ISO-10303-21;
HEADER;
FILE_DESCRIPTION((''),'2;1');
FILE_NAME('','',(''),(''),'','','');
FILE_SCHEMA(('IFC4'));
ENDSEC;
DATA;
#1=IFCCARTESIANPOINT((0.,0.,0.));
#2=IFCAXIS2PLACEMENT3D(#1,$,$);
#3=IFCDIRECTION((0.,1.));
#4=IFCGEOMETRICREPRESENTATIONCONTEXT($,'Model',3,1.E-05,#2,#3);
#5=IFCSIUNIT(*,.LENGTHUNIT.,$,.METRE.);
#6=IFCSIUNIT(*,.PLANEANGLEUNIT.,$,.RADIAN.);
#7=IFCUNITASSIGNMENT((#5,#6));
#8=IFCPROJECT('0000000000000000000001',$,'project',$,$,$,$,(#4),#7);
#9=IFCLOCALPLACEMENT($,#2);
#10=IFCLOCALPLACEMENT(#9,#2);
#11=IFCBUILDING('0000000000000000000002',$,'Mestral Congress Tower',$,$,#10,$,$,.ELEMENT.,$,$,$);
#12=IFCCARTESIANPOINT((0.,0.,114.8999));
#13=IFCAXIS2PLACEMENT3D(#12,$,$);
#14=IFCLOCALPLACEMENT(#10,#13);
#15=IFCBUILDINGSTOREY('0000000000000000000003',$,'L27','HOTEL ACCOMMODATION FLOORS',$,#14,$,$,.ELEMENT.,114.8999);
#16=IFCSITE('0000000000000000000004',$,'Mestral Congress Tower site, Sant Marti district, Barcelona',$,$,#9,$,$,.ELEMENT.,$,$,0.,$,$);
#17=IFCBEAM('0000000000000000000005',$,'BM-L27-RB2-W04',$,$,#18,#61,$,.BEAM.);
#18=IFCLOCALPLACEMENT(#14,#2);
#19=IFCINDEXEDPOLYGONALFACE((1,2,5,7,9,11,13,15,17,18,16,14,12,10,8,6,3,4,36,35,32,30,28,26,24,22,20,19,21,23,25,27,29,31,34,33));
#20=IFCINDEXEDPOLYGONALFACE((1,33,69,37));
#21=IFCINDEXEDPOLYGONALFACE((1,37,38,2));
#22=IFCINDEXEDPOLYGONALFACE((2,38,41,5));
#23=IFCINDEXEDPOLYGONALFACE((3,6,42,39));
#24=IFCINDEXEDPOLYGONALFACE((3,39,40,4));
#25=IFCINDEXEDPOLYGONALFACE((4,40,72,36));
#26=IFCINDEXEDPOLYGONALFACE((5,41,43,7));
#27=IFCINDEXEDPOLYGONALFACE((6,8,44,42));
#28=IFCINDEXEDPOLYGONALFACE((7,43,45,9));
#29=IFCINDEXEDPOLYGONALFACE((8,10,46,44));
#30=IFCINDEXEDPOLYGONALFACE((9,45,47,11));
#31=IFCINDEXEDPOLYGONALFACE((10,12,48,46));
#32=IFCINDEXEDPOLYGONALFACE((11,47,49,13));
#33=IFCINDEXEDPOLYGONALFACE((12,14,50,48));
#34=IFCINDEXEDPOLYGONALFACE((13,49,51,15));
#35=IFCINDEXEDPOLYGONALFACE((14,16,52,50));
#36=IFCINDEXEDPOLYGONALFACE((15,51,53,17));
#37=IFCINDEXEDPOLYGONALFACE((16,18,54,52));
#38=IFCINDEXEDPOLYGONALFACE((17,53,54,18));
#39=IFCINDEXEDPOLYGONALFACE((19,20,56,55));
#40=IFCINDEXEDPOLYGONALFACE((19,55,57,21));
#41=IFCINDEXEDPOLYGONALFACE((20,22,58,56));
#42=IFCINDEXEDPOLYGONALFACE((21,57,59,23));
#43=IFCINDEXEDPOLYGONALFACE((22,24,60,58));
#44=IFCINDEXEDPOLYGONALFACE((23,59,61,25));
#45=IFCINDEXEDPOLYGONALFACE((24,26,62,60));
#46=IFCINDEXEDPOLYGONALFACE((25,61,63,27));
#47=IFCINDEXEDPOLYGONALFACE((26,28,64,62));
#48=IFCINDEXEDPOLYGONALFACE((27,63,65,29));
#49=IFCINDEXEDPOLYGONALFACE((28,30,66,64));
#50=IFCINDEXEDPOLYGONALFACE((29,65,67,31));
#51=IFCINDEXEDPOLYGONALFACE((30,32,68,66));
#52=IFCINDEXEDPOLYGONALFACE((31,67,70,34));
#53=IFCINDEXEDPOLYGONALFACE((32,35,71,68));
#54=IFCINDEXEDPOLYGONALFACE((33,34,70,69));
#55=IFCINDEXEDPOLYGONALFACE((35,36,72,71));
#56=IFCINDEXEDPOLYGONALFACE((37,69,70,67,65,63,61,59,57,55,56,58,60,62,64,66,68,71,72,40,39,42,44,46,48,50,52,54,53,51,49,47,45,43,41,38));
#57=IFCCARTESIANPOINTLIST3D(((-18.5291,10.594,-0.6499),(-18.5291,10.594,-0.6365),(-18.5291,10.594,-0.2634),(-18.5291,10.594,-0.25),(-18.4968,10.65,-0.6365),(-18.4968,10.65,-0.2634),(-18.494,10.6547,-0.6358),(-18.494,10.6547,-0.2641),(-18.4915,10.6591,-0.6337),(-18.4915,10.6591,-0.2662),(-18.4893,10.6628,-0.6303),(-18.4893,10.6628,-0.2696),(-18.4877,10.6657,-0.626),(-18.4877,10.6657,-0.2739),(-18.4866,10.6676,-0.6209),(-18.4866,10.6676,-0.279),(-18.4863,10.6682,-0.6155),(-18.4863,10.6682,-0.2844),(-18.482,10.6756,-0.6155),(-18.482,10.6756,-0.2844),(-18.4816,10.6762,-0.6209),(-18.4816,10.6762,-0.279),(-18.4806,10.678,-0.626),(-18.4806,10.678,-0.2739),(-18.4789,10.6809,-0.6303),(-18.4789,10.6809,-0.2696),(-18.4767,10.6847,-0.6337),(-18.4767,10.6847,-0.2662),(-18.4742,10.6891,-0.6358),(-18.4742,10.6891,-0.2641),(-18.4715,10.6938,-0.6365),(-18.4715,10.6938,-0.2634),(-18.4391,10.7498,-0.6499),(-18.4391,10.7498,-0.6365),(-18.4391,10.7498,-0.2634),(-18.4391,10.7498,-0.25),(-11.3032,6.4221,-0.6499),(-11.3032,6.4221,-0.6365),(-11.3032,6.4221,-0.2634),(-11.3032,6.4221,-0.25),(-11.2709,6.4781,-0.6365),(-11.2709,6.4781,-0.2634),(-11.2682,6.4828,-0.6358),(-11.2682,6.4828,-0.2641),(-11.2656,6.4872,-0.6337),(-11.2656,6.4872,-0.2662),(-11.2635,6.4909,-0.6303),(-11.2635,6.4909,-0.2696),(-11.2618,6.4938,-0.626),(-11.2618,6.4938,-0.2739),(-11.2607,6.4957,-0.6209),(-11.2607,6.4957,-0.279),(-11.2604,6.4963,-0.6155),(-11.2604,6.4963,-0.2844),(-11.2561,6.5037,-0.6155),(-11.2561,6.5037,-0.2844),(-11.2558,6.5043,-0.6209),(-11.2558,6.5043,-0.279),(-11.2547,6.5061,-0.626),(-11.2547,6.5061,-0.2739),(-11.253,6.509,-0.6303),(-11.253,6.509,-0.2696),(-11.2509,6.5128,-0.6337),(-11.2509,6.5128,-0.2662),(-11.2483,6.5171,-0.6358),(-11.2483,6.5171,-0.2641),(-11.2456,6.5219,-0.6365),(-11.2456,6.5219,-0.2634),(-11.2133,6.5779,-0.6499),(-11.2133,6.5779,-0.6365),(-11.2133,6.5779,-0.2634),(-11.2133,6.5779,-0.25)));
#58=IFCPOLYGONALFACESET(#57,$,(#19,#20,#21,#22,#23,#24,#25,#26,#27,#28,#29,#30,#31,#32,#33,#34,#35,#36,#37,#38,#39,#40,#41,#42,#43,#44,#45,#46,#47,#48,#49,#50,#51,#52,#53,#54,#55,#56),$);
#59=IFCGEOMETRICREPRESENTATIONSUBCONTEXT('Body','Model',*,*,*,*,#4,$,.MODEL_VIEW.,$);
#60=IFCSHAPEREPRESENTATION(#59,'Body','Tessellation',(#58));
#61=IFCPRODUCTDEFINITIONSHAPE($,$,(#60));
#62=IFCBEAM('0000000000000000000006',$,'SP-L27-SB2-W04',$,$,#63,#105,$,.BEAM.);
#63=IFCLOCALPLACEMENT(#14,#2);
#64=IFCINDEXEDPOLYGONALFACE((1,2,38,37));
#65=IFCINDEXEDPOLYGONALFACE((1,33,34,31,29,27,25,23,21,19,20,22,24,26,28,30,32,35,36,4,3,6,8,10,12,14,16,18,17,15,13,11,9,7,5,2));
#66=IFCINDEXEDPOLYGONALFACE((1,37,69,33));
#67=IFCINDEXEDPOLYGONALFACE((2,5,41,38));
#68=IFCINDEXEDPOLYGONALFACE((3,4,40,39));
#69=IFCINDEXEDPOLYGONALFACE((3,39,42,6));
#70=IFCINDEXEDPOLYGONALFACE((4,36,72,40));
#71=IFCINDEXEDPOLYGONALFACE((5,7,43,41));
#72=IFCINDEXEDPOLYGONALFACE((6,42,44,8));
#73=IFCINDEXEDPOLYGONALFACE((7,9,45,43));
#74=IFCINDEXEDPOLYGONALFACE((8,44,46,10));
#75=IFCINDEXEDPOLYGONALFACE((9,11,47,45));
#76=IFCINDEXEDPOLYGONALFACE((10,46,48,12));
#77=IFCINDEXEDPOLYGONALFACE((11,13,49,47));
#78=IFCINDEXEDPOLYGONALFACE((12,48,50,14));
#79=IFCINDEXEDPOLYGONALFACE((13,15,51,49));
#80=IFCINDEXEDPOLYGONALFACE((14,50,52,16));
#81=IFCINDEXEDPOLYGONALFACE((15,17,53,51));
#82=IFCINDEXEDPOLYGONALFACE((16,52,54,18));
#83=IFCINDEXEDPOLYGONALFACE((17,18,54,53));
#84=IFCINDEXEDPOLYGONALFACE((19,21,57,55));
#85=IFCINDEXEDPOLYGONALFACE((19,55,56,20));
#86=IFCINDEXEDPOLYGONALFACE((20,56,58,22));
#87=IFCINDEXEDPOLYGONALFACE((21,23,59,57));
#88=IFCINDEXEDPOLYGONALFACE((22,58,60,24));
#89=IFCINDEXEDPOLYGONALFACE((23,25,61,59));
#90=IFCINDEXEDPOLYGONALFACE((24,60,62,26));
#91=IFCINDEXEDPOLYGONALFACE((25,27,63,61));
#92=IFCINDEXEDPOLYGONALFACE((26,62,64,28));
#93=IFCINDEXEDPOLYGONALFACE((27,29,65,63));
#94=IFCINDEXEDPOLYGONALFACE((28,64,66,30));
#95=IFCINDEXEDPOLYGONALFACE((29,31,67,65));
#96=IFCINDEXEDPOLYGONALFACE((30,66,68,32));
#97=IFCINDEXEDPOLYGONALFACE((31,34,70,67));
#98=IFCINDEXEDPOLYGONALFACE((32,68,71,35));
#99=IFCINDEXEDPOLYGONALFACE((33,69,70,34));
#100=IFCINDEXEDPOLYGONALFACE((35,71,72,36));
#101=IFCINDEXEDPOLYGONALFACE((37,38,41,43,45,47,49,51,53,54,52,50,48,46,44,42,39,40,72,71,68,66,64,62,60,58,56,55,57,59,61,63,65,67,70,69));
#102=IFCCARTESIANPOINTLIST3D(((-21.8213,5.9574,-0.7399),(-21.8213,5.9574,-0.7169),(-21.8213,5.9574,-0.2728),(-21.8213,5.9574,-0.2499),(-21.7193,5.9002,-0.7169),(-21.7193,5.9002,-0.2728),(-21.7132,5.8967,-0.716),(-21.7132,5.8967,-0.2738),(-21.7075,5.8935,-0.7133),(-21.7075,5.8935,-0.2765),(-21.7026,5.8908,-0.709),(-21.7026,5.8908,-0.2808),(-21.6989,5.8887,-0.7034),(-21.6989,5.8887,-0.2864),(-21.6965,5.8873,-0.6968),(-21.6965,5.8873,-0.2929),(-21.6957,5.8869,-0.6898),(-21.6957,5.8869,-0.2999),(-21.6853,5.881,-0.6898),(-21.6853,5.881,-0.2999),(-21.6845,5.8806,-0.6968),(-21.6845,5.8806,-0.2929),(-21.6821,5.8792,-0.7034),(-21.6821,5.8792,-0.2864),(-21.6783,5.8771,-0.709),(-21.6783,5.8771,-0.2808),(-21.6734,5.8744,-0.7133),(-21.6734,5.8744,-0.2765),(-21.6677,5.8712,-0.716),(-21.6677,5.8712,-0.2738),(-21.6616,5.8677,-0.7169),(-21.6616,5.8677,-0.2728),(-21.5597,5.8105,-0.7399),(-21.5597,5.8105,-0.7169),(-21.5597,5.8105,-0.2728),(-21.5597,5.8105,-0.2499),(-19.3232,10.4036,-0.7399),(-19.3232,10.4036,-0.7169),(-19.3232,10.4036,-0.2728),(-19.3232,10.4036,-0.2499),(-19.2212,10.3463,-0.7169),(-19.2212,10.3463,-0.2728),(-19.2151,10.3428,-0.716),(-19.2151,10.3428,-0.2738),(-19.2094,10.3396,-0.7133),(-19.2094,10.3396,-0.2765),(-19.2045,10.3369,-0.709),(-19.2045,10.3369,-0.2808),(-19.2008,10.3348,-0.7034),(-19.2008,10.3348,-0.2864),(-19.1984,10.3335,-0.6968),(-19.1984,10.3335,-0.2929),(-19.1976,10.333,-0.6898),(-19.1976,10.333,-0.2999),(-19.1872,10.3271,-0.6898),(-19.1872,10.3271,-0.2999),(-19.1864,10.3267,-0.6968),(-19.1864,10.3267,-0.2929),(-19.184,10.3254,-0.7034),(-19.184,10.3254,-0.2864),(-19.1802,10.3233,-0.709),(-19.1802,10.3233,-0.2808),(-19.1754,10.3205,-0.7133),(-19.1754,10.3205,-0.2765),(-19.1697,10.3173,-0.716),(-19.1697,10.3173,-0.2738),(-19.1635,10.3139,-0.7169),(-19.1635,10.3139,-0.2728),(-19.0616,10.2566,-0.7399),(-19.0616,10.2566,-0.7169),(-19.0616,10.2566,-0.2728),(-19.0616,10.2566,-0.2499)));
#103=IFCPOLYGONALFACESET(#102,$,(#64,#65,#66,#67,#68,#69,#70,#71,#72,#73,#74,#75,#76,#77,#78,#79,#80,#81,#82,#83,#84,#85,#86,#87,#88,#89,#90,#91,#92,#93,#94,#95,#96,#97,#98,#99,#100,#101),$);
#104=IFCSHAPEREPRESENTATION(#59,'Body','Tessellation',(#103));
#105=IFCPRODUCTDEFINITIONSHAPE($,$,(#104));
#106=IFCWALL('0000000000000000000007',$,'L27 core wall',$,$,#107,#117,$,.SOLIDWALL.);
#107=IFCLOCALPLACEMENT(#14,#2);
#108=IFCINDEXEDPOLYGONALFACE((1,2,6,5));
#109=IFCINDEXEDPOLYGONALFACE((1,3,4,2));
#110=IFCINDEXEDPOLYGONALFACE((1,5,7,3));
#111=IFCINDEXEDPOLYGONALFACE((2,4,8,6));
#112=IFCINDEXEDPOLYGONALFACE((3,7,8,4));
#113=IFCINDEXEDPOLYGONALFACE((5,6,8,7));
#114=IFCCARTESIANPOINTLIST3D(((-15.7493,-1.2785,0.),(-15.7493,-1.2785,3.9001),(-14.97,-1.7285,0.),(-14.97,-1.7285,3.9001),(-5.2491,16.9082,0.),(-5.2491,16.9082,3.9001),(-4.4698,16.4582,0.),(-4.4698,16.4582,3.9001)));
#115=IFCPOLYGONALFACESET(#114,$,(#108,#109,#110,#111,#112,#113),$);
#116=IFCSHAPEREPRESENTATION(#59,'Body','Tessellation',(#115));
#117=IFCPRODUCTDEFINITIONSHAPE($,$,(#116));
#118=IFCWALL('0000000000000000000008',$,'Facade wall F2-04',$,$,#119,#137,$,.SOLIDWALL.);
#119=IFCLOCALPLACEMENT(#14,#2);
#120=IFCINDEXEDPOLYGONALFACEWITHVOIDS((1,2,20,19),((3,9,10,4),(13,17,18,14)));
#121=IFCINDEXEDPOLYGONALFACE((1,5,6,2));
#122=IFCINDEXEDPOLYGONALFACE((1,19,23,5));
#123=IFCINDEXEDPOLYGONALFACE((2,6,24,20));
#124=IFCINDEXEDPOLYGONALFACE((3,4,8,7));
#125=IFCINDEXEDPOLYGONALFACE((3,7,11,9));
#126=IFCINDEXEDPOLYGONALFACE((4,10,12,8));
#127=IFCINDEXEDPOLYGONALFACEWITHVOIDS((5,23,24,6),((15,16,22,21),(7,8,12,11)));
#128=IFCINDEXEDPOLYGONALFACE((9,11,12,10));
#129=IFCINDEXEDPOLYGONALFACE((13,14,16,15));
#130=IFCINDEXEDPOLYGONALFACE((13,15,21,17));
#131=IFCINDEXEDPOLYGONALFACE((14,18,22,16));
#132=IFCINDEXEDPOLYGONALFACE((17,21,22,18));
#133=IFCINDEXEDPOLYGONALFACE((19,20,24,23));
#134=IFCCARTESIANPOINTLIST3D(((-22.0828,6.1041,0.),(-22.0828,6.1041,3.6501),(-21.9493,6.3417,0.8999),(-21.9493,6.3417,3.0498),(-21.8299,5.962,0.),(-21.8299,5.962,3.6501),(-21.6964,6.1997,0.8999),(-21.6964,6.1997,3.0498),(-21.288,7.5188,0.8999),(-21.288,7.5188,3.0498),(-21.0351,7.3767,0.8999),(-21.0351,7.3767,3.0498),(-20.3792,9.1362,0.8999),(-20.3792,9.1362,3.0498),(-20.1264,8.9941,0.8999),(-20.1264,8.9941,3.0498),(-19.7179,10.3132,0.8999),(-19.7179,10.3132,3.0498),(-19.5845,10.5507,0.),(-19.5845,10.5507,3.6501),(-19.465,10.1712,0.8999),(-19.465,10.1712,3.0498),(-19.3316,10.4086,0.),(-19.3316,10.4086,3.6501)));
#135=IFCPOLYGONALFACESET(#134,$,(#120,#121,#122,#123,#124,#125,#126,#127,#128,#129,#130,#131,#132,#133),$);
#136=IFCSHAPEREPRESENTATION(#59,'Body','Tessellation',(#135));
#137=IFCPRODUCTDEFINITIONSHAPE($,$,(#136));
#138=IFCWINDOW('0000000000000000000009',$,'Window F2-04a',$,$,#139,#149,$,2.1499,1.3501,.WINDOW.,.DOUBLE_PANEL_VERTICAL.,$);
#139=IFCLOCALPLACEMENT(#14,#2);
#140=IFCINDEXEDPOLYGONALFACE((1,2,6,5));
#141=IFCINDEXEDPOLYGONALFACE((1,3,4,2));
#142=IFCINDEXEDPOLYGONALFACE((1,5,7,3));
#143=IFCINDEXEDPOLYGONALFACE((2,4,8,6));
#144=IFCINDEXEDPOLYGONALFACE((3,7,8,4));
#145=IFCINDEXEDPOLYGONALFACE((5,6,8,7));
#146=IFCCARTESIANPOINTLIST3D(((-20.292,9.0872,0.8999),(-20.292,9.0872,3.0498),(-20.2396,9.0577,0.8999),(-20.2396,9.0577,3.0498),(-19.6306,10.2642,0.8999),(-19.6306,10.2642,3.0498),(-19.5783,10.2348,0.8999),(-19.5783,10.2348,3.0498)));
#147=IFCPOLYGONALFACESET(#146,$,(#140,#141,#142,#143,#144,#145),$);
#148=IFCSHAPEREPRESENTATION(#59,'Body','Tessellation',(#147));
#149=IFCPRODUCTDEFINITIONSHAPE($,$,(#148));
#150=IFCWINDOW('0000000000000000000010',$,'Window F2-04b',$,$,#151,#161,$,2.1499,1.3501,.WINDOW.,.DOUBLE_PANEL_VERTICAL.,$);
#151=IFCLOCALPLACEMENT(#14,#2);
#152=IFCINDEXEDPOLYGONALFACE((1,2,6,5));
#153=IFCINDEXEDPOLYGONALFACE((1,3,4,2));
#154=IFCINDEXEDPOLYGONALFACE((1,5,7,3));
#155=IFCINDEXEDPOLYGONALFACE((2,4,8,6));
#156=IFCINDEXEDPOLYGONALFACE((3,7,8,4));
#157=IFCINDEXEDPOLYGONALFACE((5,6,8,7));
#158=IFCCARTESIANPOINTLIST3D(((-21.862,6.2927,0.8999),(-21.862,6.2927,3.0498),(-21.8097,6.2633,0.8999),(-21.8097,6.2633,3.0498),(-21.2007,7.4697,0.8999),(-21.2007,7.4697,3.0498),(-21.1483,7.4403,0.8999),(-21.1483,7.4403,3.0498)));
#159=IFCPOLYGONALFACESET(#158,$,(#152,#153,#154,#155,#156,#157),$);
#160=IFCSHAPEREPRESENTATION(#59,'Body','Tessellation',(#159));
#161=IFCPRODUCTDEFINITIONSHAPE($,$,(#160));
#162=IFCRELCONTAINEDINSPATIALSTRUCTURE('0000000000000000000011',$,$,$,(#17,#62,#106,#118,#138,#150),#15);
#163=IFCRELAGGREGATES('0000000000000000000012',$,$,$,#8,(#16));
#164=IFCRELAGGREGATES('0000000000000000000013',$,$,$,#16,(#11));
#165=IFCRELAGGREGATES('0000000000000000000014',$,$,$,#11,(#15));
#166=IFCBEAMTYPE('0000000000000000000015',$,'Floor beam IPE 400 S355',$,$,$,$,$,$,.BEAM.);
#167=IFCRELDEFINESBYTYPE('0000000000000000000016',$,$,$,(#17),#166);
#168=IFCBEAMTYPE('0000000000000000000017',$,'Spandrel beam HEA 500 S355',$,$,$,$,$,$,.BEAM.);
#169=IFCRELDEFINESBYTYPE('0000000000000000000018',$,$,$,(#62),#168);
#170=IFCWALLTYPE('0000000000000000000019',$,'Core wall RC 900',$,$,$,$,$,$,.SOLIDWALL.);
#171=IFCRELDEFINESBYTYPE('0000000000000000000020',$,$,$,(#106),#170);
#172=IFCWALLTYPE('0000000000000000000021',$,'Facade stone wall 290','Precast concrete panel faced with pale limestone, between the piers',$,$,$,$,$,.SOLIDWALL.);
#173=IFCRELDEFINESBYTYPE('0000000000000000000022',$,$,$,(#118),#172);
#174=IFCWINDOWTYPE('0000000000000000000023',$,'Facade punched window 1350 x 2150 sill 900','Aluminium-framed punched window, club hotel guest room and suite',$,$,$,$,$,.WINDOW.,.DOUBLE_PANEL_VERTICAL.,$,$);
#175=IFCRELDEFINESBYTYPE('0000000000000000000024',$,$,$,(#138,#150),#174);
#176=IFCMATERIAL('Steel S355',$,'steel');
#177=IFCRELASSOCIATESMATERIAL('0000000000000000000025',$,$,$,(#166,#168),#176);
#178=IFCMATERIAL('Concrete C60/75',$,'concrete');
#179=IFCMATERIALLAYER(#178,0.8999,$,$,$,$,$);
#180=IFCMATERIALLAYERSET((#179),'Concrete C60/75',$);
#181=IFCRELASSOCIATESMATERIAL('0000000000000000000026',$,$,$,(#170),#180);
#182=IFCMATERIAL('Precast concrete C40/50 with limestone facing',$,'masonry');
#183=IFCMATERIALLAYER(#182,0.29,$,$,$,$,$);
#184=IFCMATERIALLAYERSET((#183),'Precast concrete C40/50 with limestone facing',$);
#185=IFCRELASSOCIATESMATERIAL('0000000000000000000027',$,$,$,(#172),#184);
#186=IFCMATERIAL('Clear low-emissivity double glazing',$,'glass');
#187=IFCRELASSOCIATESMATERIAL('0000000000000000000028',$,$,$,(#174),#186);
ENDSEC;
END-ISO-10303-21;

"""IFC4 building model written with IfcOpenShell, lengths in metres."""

from ifc_helpers import new_model, si_unit, direction, frame, frame_2d, origin, origin_2d, place, context, subcontext, project, spatial, rectangle, i_section, extrude, material, layer, layer_set, material_profile, profile_set, type_object, element, fill, save


model = new_model("IFC4")

# Units and contexts
model_context = context("Model", 3, precision=1e-05, world=origin(), true_north=direction((0.0, 1.0)))
body_context = subcontext(model_context, "Body", "Model", "MODEL_VIEW")
ifc_project = project(units=[si_unit("LENGTHUNIT", "METRE"), si_unit("PLANEANGLEUNIT", "RADIAN")], contexts=[model_context])

# Site, building, storey
site_placement = place(None, origin())
site = spatial("IfcSite", under=ifc_project, at=site_placement, Name="Mestral Congress Tower site, Sant Marti district, Barcelona", CompositionType="ELEMENT", RefElevation=0.0)
building_placement = place(site_placement, origin())
building = spatial("IfcBuilding", under=site, at=building_placement, Name="Mestral Congress Tower", CompositionType="ELEMENT")
storey_placement = place(building_placement, frame((0.0, 0.0, 114.8999)))
storey = spatial("IfcBuildingStorey", under=building, at=storey_placement, Name="L27", Description="HOTEL ACCOMMODATION FLOORS", CompositionType="ELEMENT", Elevation=114.8999)

# Beams
ifc_material_1 = material(Name="Steel S355", Category="steel")
ifc_material_profile_1 = material_profile(ifc_material_1, i_section(OverallWidth=0.1799, OverallDepth=0.3999, WebThickness=0.0085, FlangeThickness=0.0134, FilletRadius=0.021, at=origin_2d()), Name="IPE 400")
ifc_profile_set_1 = profile_set([ifc_material_profile_1], Name="Steel S355")
beam_type_1 = type_object("IfcBeamType", Name="Floor beam IPE 400 S355", PredefinedType="BEAM", material=ifc_profile_set_1)
beam_1_placement = place(storey_placement, frame((-18.4841, 10.6719, -0.45), z_axis=(0.866023, -0.500004, 0.0), x_axis=(0.500004, 0.866023, 0.0)))
element("IfcBeam", 1, at=beam_1_placement, inside=storey, type_object=beam_type_1, Name="BM-L27-RB2-W04", PredefinedType="BEAM", context=body_context, shape_type="SweptSolid", body=[
    extrude(i_section(OverallWidth=0.1799, OverallDepth=0.3999, WebThickness=0.0085, FlangeThickness=0.0134, FilletRadius=0.021, at=origin_2d()), origin(), (0.0, 0.0, 1.0), 8.3438),
])
ifc_material_profile_2 = material_profile(ifc_material_1, i_section(OverallWidth=0.3, OverallDepth=0.49, WebThickness=0.012, FlangeThickness=0.0229, FilletRadius=0.0271, at=origin_2d()), Name="HEA 500")
ifc_profile_set_2 = profile_set([ifc_material_profile_2], Name="Steel S355")
beam_type_2 = type_object("IfcBeamType", Name="Spandrel beam HEA 500 S355", PredefinedType="BEAM", material=ifc_profile_set_2)
beam_2_placement = place(storey_placement, frame((-19.1924, 10.3301, -0.4949), z_axis=(-0.489836, -0.871815, 0.0), x_axis=(0.871815, -0.489836, 0.0)))
element("IfcBeam", 2, at=beam_2_placement, inside=storey, type_object=beam_type_2, Name="SP-L27-SB2-W04", PredefinedType="BEAM", context=body_context, shape_type="SweptSolid", body=[
    extrude(i_section(OverallWidth=0.3, OverallDepth=0.49, WebThickness=0.012, FlangeThickness=0.0229, FilletRadius=0.0271, at=origin_2d()), origin(), (0.0, 0.0, 1.0), 5.0999),
])

# Wall
ifc_material_2 = material(Name="Concrete C60/75", Category="concrete")
ifc_layer_1 = layer(ifc_material_2, 0.8999)
ifc_layer_set_1 = layer_set([ifc_layer_1], Name="Concrete C60/75")
wall_type_1 = type_object("IfcWallType", Name="Core wall RC 900", PredefinedType="SOLIDWALL", material=ifc_layer_set_1)
wall_1_placement = place(storey_placement, frame((-15.3596, -1.5034, 0.0), z_axis=(0.0, 0.0, 1.0), x_axis=(0.500004, 0.866023, 0.0)))
element("IfcWall", 3, at=wall_1_placement, inside=storey, type_object=wall_type_1, Name="L27 core wall", PredefinedType="SOLIDWALL", context=body_context, shape_type="SweptSolid", body=[
    extrude(rectangle(XDim=21.0002, YDim=0.8999, at=frame_2d((10.5, 0.0))), origin(), (0.0, 0.0, 1.0), 3.9001),
])

# Wall, openings, windows
ifc_material_3 = material(Name="Precast concrete C40/50 with limestone facing", Category="masonry")
ifc_layer_2 = layer(ifc_material_3, 0.29)
ifc_layer_set_2 = layer_set([ifc_layer_2], Name="Precast concrete C40/50 with limestone facing")
wall_type_2 = type_object("IfcWallType", Name="Facade stone wall 290", Description="Precast concrete panel faced with pale limestone, between the piers", PredefinedType="SOLIDWALL", material=ifc_layer_set_2)
wall_2_placement = place(storey_placement, frame((-19.458, 10.4797, 0.0), z_axis=(0.0, 0.0, 1.0), x_axis=(-0.489832, -0.871817, 0.0)))
wall_2 = element("IfcWall", 4, at=wall_2_placement, inside=storey, type_object=wall_type_2, Name="Facade wall F2-04", PredefinedType="SOLIDWALL", context=body_context, shape_type="SweptSolid", body=[
    extrude(rectangle(XDim=5.1003, YDim=0.29, at=frame_2d((2.5503, 0.0))), origin(), (0.0, 0.0, 1.0), 3.6501),
])
opening_1_placement = place(wall_2_placement, frame((0.2725, 0.0, 0.8999)))
opening_1 = element("IfcOpeningElement", 5, at=opening_1_placement, cuts=wall_2, PredefinedType="OPENING", context=body_context, shape_type="SweptSolid", body=[
    extrude(rectangle(XDim=1.3501, YDim=2.1499, at=frame_2d((0.675, 1.075))), frame((0.0, 0.155, 0.0), z_axis=(0.0, -1.0, 0.0), x_axis=(1.0, 0.0, 0.0)), (0.0, 0.0, 1.0), 0.3101),
])
opening_2_placement = place(wall_2_placement, frame((3.4778, 0.0, 0.8999)))
opening_2 = element("IfcOpeningElement", 6, at=opening_2_placement, cuts=wall_2, PredefinedType="OPENING", context=body_context, shape_type="SweptSolid", body=[
    extrude(rectangle(XDim=1.3501, YDim=2.1499, at=frame_2d((0.675, 1.075))), frame((0.0, 0.155, 0.0), z_axis=(0.0, -1.0, 0.0), x_axis=(1.0, 0.0, 0.0)), (0.0, 0.0, 1.0), 0.3101),
])
ifc_material_4 = material(Name="Clear low-emissivity double glazing", Category="glass")
window_type = type_object("IfcWindowType", Name="Facade punched window 1350 x 2150 sill 900", Description="Aluminium-framed punched window, club hotel guest room and suite", PartitioningType="DOUBLE_PANEL_VERTICAL", PredefinedType="WINDOW", material=ifc_material_4)
window_1_placement = place(opening_1_placement, origin())
window_1 = element("IfcWindow", 7, at=window_1_placement, inside=storey, type_object=window_type, Name="Window F2-04a", OverallHeight=2.1499, OverallWidth=1.3501, PartitioningType="DOUBLE_PANEL_VERTICAL", PredefinedType="WINDOW", context=body_context, shape_type="SweptSolid", body=[
    extrude(rectangle(XDim=1.3501, YDim=2.1499, at=frame_2d((0.675, 1.075))), frame((0.0, 0.0151, 0.0), z_axis=(0.0, -1.0, 0.0), x_axis=(1.0, 0.0, 0.0)), (0.0, 0.0, 1.0), 0.0601),
])
fill(opening_1, window_1)
window_2_placement = place(opening_2_placement, origin())
window_2 = element("IfcWindow", 8, at=window_2_placement, inside=storey, type_object=window_type, Name="Window F2-04b", OverallHeight=2.1499, OverallWidth=1.3501, PartitioningType="DOUBLE_PANEL_VERTICAL", PredefinedType="WINDOW", context=body_context, shape_type="SweptSolid", body=[
    extrude(rectangle(XDim=1.3501, YDim=2.1499, at=frame_2d((0.675, 1.075))), frame((0.0, 0.0151, 0.0), z_axis=(0.0, -1.0, 0.0), x_axis=(1.0, 0.0, 0.0)), (0.0, 0.0, 1.0), 0.0601),
])
fill(opening_2, window_2)

save(model, "model.ifc")
